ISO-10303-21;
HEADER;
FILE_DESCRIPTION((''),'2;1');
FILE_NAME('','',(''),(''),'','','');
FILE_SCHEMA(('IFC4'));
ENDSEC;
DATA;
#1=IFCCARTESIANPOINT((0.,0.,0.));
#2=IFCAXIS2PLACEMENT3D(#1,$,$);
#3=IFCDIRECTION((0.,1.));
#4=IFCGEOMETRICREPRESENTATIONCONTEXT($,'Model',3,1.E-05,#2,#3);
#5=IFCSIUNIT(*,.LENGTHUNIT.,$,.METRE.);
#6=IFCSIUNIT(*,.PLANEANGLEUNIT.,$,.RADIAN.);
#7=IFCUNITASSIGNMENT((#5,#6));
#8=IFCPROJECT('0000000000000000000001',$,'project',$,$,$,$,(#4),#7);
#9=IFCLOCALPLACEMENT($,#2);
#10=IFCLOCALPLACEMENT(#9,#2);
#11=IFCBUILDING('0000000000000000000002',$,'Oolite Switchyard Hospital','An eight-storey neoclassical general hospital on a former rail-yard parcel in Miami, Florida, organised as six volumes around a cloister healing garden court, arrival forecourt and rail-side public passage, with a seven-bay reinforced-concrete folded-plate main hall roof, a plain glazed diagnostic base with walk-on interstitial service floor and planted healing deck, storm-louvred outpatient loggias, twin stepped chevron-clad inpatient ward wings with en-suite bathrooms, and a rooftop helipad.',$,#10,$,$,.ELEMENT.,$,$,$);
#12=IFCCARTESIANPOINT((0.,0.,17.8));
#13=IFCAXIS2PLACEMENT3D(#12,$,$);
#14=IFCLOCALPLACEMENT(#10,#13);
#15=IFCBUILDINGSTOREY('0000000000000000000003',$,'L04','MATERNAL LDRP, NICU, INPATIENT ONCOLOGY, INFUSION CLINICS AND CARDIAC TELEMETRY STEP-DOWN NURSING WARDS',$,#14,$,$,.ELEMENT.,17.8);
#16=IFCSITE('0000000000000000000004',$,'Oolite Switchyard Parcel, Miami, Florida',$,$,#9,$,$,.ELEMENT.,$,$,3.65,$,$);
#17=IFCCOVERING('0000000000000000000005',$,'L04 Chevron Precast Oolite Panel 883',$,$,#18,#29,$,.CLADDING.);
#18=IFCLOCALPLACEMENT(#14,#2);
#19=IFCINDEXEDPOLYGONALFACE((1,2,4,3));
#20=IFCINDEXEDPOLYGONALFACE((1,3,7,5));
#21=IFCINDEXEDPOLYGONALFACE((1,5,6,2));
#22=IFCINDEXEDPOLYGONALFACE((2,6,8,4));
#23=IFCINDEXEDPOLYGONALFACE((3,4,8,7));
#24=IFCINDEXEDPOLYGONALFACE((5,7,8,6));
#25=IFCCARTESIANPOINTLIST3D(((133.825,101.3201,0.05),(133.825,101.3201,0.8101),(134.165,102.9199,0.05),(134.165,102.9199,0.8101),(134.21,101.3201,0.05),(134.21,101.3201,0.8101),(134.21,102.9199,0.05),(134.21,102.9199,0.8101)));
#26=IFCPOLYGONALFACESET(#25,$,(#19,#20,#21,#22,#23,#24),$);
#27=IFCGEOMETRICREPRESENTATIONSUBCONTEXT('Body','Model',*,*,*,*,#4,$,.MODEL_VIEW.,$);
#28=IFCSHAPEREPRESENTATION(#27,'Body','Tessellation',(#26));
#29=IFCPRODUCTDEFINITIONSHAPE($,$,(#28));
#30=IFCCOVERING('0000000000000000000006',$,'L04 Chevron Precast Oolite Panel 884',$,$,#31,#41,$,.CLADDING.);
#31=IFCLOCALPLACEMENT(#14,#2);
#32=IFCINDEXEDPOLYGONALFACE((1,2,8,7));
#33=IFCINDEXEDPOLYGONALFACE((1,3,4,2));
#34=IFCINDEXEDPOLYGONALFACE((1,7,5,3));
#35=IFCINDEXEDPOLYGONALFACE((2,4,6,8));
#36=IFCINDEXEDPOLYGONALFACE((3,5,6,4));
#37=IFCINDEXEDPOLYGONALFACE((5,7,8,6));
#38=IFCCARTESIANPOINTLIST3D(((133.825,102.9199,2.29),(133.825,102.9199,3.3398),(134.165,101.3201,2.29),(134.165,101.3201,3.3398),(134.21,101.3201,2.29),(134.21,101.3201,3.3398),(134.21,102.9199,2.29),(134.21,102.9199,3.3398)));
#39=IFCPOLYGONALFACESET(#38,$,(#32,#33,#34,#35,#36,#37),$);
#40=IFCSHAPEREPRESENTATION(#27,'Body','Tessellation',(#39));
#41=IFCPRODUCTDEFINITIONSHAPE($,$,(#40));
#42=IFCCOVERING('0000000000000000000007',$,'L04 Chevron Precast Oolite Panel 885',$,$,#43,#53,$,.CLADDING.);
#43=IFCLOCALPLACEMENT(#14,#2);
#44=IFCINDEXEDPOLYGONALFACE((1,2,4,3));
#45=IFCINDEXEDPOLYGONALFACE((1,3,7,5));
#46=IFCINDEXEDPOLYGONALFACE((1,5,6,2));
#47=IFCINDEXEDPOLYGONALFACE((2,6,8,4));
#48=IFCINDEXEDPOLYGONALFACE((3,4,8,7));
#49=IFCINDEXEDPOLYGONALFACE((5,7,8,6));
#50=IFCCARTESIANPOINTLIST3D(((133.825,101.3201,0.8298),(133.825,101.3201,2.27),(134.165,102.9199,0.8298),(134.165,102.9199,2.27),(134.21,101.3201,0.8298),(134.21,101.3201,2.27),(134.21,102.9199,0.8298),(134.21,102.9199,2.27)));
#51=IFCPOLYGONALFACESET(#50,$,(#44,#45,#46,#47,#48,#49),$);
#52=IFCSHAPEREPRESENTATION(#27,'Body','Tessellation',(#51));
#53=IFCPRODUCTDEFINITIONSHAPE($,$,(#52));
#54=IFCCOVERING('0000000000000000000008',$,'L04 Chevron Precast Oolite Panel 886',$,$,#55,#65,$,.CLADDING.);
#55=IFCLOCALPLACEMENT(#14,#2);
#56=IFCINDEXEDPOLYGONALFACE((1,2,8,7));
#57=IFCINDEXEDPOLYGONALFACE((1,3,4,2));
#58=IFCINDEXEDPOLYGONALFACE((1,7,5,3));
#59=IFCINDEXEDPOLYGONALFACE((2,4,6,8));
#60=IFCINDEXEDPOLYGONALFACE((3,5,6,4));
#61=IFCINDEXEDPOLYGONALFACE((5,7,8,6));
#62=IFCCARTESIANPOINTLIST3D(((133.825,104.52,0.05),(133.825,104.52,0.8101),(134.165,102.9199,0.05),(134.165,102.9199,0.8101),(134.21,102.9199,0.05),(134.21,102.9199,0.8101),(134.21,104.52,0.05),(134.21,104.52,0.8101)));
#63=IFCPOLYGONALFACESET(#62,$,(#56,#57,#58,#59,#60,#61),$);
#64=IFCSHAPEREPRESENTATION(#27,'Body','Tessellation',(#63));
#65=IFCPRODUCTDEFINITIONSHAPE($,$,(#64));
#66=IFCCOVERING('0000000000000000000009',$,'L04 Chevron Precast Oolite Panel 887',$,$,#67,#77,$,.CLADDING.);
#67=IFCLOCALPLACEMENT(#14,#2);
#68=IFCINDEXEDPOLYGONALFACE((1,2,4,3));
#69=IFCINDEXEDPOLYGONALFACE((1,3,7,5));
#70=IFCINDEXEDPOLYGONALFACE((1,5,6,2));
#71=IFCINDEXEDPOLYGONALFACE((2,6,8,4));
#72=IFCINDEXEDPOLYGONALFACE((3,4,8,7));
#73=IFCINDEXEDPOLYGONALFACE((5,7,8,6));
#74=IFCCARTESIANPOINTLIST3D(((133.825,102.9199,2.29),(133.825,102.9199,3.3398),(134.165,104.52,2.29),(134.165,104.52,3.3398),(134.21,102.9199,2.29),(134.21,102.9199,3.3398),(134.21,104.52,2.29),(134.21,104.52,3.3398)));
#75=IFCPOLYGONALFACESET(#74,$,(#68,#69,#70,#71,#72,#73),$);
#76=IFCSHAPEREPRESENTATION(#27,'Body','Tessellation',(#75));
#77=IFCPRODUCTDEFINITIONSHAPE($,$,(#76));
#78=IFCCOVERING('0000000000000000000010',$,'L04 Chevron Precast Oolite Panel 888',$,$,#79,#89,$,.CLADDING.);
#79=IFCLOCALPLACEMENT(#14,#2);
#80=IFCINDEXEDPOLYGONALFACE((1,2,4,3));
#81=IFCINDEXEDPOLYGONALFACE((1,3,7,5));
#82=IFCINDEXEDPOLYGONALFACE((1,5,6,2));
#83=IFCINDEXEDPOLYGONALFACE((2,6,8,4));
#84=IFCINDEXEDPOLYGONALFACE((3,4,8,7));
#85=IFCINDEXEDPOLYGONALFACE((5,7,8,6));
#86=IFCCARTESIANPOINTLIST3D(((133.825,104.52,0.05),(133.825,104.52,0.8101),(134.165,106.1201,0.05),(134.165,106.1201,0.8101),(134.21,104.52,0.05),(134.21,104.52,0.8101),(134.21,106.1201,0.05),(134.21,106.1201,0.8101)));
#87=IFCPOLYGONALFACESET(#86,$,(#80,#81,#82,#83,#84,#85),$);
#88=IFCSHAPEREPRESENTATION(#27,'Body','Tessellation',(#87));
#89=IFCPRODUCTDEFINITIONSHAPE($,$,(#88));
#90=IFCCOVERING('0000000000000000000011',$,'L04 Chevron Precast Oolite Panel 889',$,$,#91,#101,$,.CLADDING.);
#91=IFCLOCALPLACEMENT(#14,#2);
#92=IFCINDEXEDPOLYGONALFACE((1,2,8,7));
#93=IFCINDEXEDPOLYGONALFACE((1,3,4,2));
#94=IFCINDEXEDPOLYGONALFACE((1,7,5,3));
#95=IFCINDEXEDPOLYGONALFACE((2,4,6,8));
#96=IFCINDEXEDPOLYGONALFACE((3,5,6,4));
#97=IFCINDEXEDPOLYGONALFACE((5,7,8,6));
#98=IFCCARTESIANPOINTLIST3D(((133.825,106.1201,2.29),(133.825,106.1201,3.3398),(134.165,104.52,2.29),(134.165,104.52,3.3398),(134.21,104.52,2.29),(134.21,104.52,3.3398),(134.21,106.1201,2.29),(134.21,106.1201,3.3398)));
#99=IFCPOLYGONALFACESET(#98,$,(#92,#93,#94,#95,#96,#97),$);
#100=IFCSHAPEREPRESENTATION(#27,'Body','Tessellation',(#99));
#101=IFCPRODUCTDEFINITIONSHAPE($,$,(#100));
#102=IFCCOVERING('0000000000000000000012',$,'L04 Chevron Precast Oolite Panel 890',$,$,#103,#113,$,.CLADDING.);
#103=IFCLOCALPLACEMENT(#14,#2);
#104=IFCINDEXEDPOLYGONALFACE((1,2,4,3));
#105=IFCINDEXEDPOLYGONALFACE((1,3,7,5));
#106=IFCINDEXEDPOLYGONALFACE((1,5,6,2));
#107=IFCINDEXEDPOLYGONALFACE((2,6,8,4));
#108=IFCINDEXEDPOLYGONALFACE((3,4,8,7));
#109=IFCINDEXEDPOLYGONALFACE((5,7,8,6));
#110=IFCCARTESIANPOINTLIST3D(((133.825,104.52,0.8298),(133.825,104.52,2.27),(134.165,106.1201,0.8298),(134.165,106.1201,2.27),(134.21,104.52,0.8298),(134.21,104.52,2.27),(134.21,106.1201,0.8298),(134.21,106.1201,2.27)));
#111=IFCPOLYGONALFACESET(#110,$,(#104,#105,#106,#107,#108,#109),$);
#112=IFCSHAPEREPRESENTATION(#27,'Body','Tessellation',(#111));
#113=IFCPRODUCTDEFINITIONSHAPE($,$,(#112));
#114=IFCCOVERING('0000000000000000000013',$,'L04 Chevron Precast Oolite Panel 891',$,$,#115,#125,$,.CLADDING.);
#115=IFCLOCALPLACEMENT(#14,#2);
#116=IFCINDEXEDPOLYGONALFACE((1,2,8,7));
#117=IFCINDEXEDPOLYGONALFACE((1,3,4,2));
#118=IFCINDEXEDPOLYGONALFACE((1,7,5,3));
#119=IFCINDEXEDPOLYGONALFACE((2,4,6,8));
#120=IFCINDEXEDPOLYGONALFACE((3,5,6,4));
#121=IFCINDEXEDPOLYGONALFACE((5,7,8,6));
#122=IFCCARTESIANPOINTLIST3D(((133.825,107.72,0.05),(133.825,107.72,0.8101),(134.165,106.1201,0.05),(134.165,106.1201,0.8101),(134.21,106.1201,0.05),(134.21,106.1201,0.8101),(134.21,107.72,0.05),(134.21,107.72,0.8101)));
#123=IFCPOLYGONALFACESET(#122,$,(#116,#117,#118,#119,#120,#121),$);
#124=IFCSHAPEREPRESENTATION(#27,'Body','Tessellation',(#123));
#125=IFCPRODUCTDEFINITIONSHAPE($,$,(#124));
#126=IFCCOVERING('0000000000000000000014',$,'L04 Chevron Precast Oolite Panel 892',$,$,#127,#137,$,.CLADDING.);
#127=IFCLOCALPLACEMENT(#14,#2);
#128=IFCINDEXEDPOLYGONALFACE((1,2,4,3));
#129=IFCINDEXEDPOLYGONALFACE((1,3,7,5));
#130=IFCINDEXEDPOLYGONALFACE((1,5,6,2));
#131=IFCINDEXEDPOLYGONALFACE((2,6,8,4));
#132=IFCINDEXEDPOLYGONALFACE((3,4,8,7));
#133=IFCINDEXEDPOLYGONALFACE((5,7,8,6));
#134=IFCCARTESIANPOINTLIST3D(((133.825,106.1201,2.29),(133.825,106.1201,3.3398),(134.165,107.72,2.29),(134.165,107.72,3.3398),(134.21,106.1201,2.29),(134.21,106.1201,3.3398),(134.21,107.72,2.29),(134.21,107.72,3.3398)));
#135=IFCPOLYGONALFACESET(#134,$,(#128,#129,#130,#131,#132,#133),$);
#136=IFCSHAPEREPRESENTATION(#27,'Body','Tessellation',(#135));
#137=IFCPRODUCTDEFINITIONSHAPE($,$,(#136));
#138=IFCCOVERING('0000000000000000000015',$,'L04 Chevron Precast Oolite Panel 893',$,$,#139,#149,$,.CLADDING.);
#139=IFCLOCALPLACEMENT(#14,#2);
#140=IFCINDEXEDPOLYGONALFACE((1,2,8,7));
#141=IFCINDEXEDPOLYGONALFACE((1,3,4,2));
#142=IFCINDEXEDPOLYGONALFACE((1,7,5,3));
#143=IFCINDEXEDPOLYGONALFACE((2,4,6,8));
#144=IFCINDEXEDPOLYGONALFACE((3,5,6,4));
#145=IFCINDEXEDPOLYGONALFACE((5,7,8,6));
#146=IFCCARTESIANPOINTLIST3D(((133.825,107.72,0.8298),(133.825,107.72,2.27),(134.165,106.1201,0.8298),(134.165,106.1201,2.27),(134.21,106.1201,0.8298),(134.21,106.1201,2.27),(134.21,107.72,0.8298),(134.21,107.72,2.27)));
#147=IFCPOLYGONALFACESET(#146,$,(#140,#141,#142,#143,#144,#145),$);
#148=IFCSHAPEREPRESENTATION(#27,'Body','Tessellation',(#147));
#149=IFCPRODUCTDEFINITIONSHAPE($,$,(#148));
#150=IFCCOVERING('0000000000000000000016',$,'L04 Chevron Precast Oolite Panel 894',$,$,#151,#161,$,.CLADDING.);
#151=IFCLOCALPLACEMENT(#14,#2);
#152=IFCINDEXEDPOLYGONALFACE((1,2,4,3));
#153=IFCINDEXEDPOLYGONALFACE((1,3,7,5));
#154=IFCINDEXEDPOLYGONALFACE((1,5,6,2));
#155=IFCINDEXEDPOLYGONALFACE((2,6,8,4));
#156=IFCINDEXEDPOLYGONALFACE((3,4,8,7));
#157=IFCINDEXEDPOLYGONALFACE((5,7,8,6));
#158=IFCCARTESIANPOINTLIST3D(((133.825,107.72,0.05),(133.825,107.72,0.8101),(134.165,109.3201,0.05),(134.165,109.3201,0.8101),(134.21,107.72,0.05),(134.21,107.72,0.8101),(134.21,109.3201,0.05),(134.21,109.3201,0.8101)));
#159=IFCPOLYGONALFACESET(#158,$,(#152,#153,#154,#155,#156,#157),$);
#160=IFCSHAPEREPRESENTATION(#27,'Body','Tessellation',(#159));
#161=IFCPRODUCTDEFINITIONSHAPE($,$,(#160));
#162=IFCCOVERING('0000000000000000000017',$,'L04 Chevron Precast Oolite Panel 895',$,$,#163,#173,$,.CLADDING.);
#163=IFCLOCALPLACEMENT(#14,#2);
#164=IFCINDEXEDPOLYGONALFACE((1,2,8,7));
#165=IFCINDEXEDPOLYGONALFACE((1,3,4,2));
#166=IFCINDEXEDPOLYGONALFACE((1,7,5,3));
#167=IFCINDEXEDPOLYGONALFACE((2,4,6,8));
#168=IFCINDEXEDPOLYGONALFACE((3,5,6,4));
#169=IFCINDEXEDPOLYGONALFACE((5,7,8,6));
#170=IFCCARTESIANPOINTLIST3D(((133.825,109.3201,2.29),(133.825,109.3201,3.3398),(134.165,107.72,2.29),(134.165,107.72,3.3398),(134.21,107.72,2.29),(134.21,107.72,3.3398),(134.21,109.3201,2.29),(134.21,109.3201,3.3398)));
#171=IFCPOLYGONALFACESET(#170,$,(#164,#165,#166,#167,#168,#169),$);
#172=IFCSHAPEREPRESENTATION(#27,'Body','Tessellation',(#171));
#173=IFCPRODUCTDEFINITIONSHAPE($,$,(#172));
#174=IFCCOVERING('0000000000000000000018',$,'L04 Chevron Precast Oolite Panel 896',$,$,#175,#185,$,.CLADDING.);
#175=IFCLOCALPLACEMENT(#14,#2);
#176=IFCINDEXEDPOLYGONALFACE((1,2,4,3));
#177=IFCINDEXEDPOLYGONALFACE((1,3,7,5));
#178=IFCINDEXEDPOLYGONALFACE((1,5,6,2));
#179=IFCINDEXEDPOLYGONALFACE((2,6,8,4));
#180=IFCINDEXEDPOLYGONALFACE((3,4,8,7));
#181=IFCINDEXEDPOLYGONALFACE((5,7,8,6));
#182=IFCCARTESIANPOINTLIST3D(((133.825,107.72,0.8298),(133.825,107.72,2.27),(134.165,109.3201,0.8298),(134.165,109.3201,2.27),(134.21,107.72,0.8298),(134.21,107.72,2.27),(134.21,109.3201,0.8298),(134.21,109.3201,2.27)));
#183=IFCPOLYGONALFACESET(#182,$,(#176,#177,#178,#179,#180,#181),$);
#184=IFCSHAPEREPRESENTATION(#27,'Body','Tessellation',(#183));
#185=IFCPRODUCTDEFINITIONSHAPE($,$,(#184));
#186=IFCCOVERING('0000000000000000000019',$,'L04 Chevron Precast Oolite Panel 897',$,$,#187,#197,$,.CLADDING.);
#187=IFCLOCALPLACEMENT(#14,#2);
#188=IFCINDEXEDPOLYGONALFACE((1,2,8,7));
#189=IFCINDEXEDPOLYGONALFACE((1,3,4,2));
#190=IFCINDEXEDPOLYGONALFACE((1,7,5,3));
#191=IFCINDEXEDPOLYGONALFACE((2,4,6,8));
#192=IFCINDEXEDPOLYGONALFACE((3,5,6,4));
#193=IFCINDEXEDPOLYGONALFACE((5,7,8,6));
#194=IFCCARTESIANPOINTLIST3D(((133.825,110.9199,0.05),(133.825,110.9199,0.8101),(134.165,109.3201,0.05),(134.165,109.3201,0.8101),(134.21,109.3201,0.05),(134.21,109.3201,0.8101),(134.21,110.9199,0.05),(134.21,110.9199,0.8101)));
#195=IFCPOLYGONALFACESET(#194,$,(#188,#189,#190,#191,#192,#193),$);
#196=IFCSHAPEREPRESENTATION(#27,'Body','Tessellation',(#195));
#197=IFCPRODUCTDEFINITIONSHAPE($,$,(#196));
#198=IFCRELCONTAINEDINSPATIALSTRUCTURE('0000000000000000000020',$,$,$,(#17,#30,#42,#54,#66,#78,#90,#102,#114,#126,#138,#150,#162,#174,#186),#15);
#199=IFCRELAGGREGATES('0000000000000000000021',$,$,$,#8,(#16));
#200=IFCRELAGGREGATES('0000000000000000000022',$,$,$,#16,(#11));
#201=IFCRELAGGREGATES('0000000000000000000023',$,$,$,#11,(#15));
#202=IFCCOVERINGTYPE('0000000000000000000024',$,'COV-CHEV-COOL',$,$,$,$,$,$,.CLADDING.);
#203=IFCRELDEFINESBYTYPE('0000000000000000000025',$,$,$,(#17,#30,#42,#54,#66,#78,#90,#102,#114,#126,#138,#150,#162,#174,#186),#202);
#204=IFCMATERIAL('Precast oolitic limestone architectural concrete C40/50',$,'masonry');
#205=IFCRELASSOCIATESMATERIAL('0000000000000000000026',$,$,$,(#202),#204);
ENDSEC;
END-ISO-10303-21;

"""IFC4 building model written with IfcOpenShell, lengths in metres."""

from ifc_helpers import new_model, si_unit, direction, frame, origin, place, context, subcontext, project, spatial, polyline, outline, extrude, material, type_object, element, save


model = new_model("IFC4")

# Units and contexts
model_context = context("Model", 3, precision=1e-05, world=origin(), true_north=direction((0.0, 1.0)))
body_context = subcontext(model_context, "Body", "Model", "MODEL_VIEW")
ifc_project = project(units=[si_unit("LENGTHUNIT", "METRE"), si_unit("PLANEANGLEUNIT", "RADIAN")], contexts=[model_context])

# Site, building, storey
site_placement = place(None, origin())
site = spatial("IfcSite", under=ifc_project, at=site_placement, Name="Oolite Switchyard Parcel, Miami, Florida", CompositionType="ELEMENT", RefElevation=3.65)
building_placement = place(site_placement, origin())
building = spatial("IfcBuilding", under=site, at=building_placement, Name="Oolite Switchyard Hospital", Description="An eight-storey neoclassical general hospital on a former rail-yard parcel in Miami, Florida, organised as six volumes around a cloister healing garden court, arrival forecourt and rail-side public passage, with a seven-bay reinforced-concrete folded-plate main hall roof, a plain glazed diagnostic base with walk-on interstitial service floor and planted healing deck, storm-louvred outpatient loggias, twin stepped chevron-clad inpatient ward wings with en-suite bathrooms, and a rooftop helipad.", CompositionType="ELEMENT")
storey_placement = place(building_placement, frame((0.0, 0.0, 17.8)))
storey = spatial("IfcBuildingStorey", under=building, at=storey_placement, Name="L04", Description="MATERNAL LDRP, NICU, INPATIENT ONCOLOGY, INFUSION CLINICS AND CARDIAC TELEMETRY STEP-DOWN NURSING WARDS", CompositionType="ELEMENT", Elevation=17.8)

# Coverings
ifc_material_1 = material(Name="Precast oolitic limestone architectural concrete C40/50", Category="masonry")
covering_type = type_object("IfcCoveringType", Name="COV-CHEV-COOL", PredefinedType="CLADDING", material=ifc_material_1)
covering_1_placement = place(storey_placement, frame((134.21, 101.3201, 0.05), z_axis=(0.0, 0.0, 1.0), x_axis=(0.0, 1.0, 0.0)))
element("IfcCovering", 1, at=covering_1_placement, inside=storey, type_object=covering_type, Name="L04 Chevron Precast Oolite Panel 883", PredefinedType="CLADDING", context=body_context, shape_type="SweptSolid", body=[
    extrude(outline(polyline([(0.0, 0.0), (1.5999, 0.0), (1.5999, 0.0449), (0.0, 0.385), (0.0, 0.0)])), origin(), (0.0, 0.0, 1.0), 0.76),
])
covering_2_placement = place(storey_placement, frame((134.21, 101.3201, 2.29), z_axis=(0.0, 0.0, 1.0), x_axis=(0.0, 1.0, 0.0)))
element("IfcCovering", 2, at=covering_2_placement, inside=storey, type_object=covering_type, Name="L04 Chevron Precast Oolite Panel 884", PredefinedType="CLADDING", context=body_context, shape_type="SweptSolid", body=[
    extrude(outline(polyline([(0.0, 0.0), (1.5999, 0.0), (1.5999, 0.385), (0.0, 0.0449), (0.0, 0.0)])), origin(), (0.0, 0.0, 1.0), 1.0498),
])
covering_3_placement = place(storey_placement, frame((134.21, 101.3201, 0.8298), z_axis=(0.0, 0.0, 1.0), x_axis=(0.0, 1.0, 0.0)))
element("IfcCovering", 3, at=covering_3_placement, inside=storey, type_object=covering_type, Name="L04 Chevron Precast Oolite Panel 885", PredefinedType="CLADDING", context=body_context, shape_type="SweptSolid", body=[
    extrude(outline(polyline([(0.0, 0.0), (1.5999, 0.0), (1.5999, 0.0449), (0.0, 0.385), (0.0, 0.0)])), origin(), (0.0, 0.0, 1.0), 1.4402),
])
covering_4_placement = place(storey_placement, frame((134.21, 102.9199, 0.05), z_axis=(0.0, 0.0, 1.0), x_axis=(0.0, 1.0, 0.0)))
element("IfcCovering", 4, at=covering_4_placement, inside=storey, type_object=covering_type, Name="L04 Chevron Precast Oolite Panel 886", PredefinedType="CLADDING", context=body_context, shape_type="SweptSolid", body=[
    extrude(outline(polyline([(0.0, 0.0), (1.6001, 0.0), (1.6001, 0.385), (0.0, 0.0449), (0.0, 0.0)])), origin(), (0.0, 0.0, 1.0), 0.76),
])
covering_5_placement = place(storey_placement, frame((134.21, 102.9199, 2.29), z_axis=(0.0, 0.0, 1.0), x_axis=(0.0, 1.0, 0.0)))
element("IfcCovering", 5, at=covering_5_placement, inside=storey, type_object=covering_type, Name="L04 Chevron Precast Oolite Panel 887", PredefinedType="CLADDING", context=body_context, shape_type="SweptSolid", body=[
    extrude(outline(polyline([(0.0, 0.0), (1.6001, 0.0), (1.6001, 0.0449), (0.0, 0.385), (0.0, 0.0)])), origin(), (0.0, 0.0, 1.0), 1.0498),
])
covering_6_placement = place(storey_placement, frame((134.21, 104.52, 0.05), z_axis=(0.0, 0.0, 1.0), x_axis=(0.0, 1.0, 0.0)))
element("IfcCovering", 6, at=covering_6_placement, inside=storey, type_object=covering_type, Name="L04 Chevron Precast Oolite Panel 888", PredefinedType="CLADDING", context=body_context, shape_type="SweptSolid", body=[
    extrude(outline(polyline([(0.0, 0.0), (1.6001, 0.0), (1.6001, 0.0449), (0.0, 0.385), (0.0, 0.0)])), origin(), (0.0, 0.0, 1.0), 0.76),
])
covering_7_placement = place(storey_placement, frame((134.21, 104.52, 2.29), z_axis=(0.0, 0.0, 1.0), x_axis=(0.0, 1.0, 0.0)))
element("IfcCovering", 7, at=covering_7_placement, inside=storey, type_object=covering_type, Name="L04 Chevron Precast Oolite Panel 889", PredefinedType="CLADDING", context=body_context, shape_type="SweptSolid", body=[
    extrude(outline(polyline([(0.0, 0.0), (1.6001, 0.0), (1.6001, 0.385), (0.0, 0.0449), (0.0, 0.0)])), origin(), (0.0, 0.0, 1.0), 1.0498),
])
covering_8_placement = place(storey_placement, frame((134.21, 104.52, 0.8298), z_axis=(0.0, 0.0, 1.0), x_axis=(0.0, 1.0, 0.0)))
element("IfcCovering", 8, at=covering_8_placement, inside=storey, type_object=covering_type, Name="L04 Chevron Precast Oolite Panel 890", PredefinedType="CLADDING", context=body_context, shape_type="SweptSolid", body=[
    extrude(outline(polyline([(0.0, 0.0), (1.6001, 0.0), (1.6001, 0.0449), (0.0, 0.385), (0.0, 0.0)])), origin(), (0.0, 0.0, 1.0), 1.4402),
])
covering_9_placement = place(storey_placement, frame((134.21, 106.1201, 0.05), z_axis=(0.0, 0.0, 1.0), x_axis=(0.0, 1.0, 0.0)))
element("IfcCovering", 9, at=covering_9_placement, inside=storey, type_object=covering_type, Name="L04 Chevron Precast Oolite Panel 891", PredefinedType="CLADDING", context=body_context, shape_type="SweptSolid", body=[
    extrude(outline(polyline([(0.0, 0.0), (1.5999, 0.0), (1.5999, 0.385), (0.0, 0.0449), (0.0, 0.0)])), origin(), (0.0, 0.0, 1.0), 0.76),
])
covering_10_placement = place(storey_placement, frame((134.21, 106.1201, 2.29), z_axis=(0.0, 0.0, 1.0), x_axis=(0.0, 1.0, 0.0)))
element("IfcCovering", 10, at=covering_10_placement, inside=storey, type_object=covering_type, Name="L04 Chevron Precast Oolite Panel 892", PredefinedType="CLADDING", context=body_context, shape_type="SweptSolid", body=[
    extrude(outline(polyline([(0.0, 0.0), (1.5999, 0.0), (1.5999, 0.0449), (0.0, 0.385), (0.0, 0.0)])), origin(), (0.0, 0.0, 1.0), 1.0498),
])
covering_11_placement = place(storey_placement, frame((134.21, 106.1201, 0.8298), z_axis=(0.0, 0.0, 1.0), x_axis=(0.0, 1.0, 0.0)))
element("IfcCovering", 11, at=covering_11_placement, inside=storey, type_object=covering_type, Name="L04 Chevron Precast Oolite Panel 893", PredefinedType="CLADDING", context=body_context, shape_type="SweptSolid", body=[
    extrude(outline(polyline([(0.0, 0.0), (1.5999, 0.0), (1.5999, 0.385), (0.0, 0.0449), (0.0, 0.0)])), origin(), (0.0, 0.0, 1.0), 1.4402),
])
covering_12_placement = place(storey_placement, frame((134.21, 107.72, 0.05), z_axis=(0.0, 0.0, 1.0), x_axis=(0.0, 1.0, 0.0)))
element("IfcCovering", 12, at=covering_12_placement, inside=storey, type_object=covering_type, Name="L04 Chevron Precast Oolite Panel 894", PredefinedType="CLADDING", context=body_context, shape_type="SweptSolid", body=[
    extrude(outline(polyline([(0.0, 0.0), (1.6001, 0.0), (1.6001, 0.0449), (0.0, 0.385), (0.0, 0.0)])), origin(), (0.0, 0.0, 1.0), 0.76),
])
covering_13_placement = place(storey_placement, frame((134.21, 107.72, 2.29), z_axis=(0.0, 0.0, 1.0), x_axis=(0.0, 1.0, 0.0)))
element("IfcCovering", 13, at=covering_13_placement, inside=storey, type_object=covering_type, Name="L04 Chevron Precast Oolite Panel 895", PredefinedType="CLADDING", context=body_context, shape_type="SweptSolid", body=[
    extrude(outline(polyline([(0.0, 0.0), (1.6001, 0.0), (1.6001, 0.385), (0.0, 0.0449), (0.0, 0.0)])), origin(), (0.0, 0.0, 1.0), 1.0498),
])
covering_14_placement = place(storey_placement, frame((134.21, 107.72, 0.8298), z_axis=(0.0, 0.0, 1.0), x_axis=(0.0, 1.0, 0.0)))
element("IfcCovering", 14, at=covering_14_placement, inside=storey, type_object=covering_type, Name="L04 Chevron Precast Oolite Panel 896", PredefinedType="CLADDING", context=body_context, shape_type="SweptSolid", body=[
    extrude(outline(polyline([(0.0, 0.0), (1.6001, 0.0), (1.6001, 0.0449), (0.0, 0.385), (0.0, 0.0)])), origin(), (0.0, 0.0, 1.0), 1.4402),
])
covering_15_placement = place(storey_placement, frame((134.21, 109.3201, 0.05), z_axis=(0.0, 0.0, 1.0), x_axis=(0.0, 1.0, 0.0)))
element("IfcCovering", 15, at=covering_15_placement, inside=storey, type_object=covering_type, Name="L04 Chevron Precast Oolite Panel 897", PredefinedType="CLADDING", context=body_context, shape_type="SweptSolid", body=[
    extrude(outline(polyline([(0.0, 0.0), (1.5999, 0.0), (1.5999, 0.385), (0.0, 0.0449), (0.0, 0.0)])), origin(), (0.0, 0.0, 1.0), 0.76),
])

save(model, "model.ifc")
